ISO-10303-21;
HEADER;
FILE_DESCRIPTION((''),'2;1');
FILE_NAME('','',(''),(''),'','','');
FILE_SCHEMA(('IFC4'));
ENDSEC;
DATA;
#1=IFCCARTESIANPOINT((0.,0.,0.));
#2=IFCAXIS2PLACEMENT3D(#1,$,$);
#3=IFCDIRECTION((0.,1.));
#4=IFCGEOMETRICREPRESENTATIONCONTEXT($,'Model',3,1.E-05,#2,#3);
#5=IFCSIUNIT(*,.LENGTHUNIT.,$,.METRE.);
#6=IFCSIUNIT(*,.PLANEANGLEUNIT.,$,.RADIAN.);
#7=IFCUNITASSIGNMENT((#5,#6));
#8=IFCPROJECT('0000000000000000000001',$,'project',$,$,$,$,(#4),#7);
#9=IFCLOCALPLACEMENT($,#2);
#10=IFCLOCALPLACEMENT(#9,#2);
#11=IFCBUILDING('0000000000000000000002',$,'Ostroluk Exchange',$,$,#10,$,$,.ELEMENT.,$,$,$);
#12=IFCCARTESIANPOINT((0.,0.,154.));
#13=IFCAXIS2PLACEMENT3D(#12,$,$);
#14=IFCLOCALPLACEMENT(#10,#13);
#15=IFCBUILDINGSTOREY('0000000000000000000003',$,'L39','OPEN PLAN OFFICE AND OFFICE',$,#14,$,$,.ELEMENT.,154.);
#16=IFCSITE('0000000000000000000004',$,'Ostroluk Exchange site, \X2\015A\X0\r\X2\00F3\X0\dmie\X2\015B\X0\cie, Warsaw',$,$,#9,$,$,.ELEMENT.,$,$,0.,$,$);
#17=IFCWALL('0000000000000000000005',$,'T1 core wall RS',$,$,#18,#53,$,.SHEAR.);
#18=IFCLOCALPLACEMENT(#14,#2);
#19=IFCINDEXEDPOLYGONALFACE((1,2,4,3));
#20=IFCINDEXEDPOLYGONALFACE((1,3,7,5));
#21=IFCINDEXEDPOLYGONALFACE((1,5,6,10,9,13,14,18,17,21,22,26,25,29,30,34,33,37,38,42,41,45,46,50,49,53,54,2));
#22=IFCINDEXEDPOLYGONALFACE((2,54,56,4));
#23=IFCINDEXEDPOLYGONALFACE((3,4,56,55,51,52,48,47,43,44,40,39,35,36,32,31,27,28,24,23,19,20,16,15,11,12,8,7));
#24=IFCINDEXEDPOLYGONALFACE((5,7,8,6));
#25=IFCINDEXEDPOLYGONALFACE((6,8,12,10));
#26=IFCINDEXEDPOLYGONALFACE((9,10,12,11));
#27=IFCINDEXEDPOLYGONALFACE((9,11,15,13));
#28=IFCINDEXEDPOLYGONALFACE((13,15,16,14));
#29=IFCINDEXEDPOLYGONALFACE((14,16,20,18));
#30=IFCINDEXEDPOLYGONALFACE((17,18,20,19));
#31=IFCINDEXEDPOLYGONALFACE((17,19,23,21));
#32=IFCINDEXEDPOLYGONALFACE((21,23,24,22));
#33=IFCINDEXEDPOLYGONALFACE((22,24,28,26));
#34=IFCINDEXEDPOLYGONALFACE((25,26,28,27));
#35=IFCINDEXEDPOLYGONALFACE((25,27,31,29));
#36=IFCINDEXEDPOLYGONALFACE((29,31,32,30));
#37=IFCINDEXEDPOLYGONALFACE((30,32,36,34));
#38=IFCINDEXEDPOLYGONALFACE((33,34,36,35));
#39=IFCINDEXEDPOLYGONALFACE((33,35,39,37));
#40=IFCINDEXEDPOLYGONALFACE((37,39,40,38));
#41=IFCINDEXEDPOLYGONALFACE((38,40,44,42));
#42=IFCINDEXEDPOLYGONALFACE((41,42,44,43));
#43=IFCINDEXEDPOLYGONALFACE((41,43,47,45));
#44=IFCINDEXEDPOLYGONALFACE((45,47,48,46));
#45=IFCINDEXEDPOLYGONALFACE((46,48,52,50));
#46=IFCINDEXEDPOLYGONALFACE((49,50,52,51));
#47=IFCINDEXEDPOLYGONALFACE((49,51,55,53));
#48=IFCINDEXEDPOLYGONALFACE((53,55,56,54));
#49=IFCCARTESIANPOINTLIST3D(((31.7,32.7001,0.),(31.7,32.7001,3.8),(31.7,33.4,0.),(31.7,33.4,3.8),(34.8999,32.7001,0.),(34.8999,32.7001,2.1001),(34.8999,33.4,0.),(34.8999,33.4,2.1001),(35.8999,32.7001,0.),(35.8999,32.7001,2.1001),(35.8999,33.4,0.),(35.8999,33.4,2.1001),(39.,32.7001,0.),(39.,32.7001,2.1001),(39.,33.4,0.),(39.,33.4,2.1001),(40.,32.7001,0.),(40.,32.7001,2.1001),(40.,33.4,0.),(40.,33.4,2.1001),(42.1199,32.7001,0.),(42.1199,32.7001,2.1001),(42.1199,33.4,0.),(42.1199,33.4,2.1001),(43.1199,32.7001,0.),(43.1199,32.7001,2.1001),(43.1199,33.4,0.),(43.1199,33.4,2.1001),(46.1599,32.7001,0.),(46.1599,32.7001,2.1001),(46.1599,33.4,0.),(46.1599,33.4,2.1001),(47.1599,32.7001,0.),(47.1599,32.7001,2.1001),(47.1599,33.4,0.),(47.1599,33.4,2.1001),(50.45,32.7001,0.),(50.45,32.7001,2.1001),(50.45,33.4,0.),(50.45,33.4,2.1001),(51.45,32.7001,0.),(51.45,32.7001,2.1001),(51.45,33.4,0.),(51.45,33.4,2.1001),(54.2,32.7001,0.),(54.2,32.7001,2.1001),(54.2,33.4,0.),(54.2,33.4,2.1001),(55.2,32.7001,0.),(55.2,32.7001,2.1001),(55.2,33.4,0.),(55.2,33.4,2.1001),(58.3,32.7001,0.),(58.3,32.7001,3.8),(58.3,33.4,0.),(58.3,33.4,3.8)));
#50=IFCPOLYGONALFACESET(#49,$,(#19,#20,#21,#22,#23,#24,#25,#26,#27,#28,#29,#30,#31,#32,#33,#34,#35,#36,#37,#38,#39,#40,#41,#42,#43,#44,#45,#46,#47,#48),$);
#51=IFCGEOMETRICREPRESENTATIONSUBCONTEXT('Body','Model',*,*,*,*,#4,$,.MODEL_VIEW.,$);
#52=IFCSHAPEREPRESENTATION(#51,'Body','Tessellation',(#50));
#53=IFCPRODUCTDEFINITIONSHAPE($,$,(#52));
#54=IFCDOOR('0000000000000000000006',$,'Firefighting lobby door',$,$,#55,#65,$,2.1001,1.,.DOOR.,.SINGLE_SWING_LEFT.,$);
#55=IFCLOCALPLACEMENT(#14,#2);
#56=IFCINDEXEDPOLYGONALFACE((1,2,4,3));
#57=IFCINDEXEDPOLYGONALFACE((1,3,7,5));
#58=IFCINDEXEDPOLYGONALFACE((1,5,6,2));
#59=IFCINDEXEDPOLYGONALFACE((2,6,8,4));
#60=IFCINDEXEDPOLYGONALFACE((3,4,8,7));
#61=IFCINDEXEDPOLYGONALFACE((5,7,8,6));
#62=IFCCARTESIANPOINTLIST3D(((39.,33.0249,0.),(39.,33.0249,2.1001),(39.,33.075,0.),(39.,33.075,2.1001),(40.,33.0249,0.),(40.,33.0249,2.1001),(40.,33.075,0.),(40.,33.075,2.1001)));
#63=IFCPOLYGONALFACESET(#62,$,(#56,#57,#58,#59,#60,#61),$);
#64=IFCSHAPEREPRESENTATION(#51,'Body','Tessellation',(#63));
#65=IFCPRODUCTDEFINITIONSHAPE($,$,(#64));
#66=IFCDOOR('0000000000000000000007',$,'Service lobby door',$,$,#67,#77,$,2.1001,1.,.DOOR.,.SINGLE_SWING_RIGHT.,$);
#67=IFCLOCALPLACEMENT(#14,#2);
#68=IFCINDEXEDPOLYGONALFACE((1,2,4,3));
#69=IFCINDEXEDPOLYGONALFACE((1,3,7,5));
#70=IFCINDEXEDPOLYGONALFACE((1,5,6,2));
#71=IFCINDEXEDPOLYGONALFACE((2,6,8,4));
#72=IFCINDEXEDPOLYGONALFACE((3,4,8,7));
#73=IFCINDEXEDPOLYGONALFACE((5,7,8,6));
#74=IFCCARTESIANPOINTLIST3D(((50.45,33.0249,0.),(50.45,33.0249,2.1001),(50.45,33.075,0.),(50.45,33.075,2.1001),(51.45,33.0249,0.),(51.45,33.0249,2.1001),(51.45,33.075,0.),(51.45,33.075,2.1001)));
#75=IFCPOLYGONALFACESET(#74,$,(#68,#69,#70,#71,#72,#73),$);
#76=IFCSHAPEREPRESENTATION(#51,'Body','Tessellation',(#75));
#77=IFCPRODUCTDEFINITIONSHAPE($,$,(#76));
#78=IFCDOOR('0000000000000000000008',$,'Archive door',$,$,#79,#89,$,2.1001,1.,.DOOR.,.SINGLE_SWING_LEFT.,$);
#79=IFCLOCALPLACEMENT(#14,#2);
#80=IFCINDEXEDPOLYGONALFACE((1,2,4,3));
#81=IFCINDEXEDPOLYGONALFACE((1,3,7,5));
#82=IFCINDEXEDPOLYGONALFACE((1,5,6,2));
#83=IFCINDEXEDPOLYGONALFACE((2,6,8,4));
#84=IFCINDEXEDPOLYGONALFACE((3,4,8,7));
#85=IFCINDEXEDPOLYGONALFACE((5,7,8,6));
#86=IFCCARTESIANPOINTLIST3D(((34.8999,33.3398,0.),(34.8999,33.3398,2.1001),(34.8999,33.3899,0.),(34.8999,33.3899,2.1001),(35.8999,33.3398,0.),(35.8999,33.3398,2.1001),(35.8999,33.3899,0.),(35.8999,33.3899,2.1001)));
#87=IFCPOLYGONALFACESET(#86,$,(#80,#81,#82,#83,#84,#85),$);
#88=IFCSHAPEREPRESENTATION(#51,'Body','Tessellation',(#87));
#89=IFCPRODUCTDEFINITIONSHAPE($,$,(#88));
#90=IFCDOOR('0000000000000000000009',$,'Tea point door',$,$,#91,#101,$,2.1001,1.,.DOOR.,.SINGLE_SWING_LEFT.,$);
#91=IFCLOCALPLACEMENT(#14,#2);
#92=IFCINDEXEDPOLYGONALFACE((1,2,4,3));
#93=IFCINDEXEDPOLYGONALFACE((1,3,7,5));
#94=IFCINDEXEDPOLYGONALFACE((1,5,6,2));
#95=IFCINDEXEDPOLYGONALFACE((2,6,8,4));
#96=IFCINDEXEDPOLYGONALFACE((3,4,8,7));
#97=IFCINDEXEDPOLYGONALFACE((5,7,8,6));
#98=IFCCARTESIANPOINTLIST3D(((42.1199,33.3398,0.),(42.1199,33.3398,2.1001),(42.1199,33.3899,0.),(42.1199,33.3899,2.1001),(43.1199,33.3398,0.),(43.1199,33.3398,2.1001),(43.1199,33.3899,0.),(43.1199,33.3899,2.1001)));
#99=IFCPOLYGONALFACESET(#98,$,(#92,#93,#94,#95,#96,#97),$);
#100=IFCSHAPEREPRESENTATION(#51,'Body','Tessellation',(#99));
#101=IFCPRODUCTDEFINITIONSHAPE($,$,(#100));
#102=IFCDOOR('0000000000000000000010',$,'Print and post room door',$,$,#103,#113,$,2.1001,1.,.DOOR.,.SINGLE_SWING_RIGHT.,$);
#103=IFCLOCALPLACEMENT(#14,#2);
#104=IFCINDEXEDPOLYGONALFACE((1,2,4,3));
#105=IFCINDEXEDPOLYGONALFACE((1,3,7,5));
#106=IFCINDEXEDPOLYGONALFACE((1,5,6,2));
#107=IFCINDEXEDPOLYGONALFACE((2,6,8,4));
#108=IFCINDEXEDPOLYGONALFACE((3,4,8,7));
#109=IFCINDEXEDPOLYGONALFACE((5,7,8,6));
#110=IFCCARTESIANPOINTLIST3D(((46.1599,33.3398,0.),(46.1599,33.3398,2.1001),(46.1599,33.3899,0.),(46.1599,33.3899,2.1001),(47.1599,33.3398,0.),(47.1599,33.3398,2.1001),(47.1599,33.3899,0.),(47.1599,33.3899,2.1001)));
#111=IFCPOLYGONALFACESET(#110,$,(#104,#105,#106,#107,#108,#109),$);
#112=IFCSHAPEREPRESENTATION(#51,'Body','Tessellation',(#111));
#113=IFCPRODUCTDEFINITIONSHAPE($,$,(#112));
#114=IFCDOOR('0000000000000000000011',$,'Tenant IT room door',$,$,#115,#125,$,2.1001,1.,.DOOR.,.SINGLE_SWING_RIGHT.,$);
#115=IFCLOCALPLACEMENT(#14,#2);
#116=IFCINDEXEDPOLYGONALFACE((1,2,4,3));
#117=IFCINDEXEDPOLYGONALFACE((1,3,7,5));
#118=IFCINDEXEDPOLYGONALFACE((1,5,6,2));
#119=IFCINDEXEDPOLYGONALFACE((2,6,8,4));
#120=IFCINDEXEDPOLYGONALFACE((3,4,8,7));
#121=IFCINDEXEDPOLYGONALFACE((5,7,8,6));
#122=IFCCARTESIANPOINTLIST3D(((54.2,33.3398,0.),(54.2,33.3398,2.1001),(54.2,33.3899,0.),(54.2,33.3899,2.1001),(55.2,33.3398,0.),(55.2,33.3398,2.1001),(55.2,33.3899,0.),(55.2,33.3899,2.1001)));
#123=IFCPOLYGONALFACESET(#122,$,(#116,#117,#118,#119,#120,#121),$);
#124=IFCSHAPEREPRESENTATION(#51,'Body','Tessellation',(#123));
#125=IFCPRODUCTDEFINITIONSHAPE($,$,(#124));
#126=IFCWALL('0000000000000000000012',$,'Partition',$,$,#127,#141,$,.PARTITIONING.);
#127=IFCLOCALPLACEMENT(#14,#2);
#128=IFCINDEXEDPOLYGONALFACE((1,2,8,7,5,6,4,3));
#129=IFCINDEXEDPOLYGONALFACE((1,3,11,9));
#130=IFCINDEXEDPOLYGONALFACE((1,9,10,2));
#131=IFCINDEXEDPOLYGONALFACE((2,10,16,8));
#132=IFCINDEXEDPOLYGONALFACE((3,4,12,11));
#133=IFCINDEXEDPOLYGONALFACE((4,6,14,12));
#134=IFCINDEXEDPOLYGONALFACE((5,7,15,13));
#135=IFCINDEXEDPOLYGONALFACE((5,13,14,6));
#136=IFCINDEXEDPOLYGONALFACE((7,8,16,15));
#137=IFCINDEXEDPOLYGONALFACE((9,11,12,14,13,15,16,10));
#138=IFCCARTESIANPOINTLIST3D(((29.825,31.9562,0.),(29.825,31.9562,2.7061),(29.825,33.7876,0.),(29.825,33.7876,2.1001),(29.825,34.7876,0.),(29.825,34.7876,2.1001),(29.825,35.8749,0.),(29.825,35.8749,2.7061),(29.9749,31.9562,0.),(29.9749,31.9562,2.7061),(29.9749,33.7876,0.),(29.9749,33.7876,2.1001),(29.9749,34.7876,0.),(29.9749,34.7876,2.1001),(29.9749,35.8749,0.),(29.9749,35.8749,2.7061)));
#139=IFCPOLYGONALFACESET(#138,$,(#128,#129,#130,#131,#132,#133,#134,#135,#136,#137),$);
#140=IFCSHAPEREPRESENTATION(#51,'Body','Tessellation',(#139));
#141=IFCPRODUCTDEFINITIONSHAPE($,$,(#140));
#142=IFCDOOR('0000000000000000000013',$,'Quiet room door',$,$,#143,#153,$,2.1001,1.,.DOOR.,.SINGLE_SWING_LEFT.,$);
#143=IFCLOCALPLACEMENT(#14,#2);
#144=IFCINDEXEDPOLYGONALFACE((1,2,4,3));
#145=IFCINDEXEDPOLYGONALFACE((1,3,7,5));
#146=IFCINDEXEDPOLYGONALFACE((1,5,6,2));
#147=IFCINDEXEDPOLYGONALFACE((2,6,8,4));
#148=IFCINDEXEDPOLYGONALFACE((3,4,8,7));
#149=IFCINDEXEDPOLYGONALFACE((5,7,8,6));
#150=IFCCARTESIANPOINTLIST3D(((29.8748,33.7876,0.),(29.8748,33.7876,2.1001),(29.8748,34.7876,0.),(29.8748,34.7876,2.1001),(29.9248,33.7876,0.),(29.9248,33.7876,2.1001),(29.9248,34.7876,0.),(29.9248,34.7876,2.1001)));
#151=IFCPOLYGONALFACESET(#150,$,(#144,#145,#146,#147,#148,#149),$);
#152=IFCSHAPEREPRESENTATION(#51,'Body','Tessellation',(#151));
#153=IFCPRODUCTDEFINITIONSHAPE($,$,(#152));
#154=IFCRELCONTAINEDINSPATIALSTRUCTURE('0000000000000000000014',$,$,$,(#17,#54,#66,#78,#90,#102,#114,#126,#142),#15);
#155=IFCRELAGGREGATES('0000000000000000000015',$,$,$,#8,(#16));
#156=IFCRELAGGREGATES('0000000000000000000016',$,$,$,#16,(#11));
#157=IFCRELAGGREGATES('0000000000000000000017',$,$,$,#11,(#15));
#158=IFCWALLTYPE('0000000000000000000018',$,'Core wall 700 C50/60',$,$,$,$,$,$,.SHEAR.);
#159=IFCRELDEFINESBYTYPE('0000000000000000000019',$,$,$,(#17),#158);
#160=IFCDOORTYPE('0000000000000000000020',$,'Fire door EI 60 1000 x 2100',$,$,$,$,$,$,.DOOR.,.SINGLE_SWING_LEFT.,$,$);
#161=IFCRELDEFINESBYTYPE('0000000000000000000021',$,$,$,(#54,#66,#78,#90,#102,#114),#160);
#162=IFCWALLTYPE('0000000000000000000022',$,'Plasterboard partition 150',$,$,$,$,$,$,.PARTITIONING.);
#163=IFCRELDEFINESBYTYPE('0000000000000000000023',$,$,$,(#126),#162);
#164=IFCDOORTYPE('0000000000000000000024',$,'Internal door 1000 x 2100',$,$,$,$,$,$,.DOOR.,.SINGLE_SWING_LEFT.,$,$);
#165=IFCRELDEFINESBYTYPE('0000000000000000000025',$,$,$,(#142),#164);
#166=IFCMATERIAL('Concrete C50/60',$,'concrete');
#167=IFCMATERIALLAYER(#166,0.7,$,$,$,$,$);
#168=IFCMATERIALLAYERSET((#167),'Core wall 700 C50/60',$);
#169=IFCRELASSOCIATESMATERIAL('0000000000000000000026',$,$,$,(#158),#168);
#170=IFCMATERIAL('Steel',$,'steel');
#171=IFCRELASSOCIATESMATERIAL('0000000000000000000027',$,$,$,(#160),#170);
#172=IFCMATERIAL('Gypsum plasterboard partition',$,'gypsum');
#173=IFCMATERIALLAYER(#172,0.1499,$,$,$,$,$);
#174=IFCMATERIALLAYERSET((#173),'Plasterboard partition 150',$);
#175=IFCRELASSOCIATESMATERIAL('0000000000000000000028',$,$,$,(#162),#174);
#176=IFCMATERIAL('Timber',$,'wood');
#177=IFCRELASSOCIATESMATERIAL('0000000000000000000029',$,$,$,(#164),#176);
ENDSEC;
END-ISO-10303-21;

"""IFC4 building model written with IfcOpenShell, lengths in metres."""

from ifc_helpers import new_model, si_unit, direction, frame, frame_2d, origin, place, context, subcontext, project, spatial, rectangle, extrude, material, layer, layer_set, type_object, element, fill, save


model = new_model("IFC4")

# Units and contexts
model_context = context("Model", 3, precision=1e-05, world=origin(), true_north=direction((0.0, 1.0)))
body_context = subcontext(model_context, "Body", "Model", "MODEL_VIEW")
ifc_project = project(units=[si_unit("LENGTHUNIT", "METRE"), si_unit("PLANEANGLEUNIT", "RADIAN")], contexts=[model_context])

# Site, building, storey
site_placement = place(None, origin())
site = spatial("IfcSite", under=ifc_project, at=site_placement, Name="Ostroluk Exchange site, Śródmieście, Warsaw", CompositionType="ELEMENT", RefElevation=0.0)
building_placement = place(site_placement, origin())
building = spatial("IfcBuilding", under=site, at=building_placement, Name="Ostroluk Exchange", CompositionType="ELEMENT")
storey_placement = place(building_placement, frame((0.0, 0.0, 154.0)))
storey = spatial("IfcBuildingStorey", under=building, at=storey_placement, Name="L39", Description="OPEN PLAN OFFICE AND OFFICE", CompositionType="ELEMENT", Elevation=154.0)

# Wall, openings, doors
ifc_material_1 = material(Name="Concrete C50/60", Category="concrete")
ifc_layer_1 = layer(ifc_material_1, 0.7)
ifc_layer_set_1 = layer_set([ifc_layer_1], Name="Core wall 700 C50/60")
wall_type_1 = type_object("IfcWallType", Name="Core wall 700 C50/60", PredefinedType="SHEAR", material=ifc_layer_set_1)
wall_1_placement = place(storey_placement, frame((31.7, 33.05, 0.0), z_axis=(0.0, 0.0, 1.0), x_axis=(1.0, 0.0, 0.0)))
wall_1 = element("IfcWall", 1, at=wall_1_placement, inside=storey, type_object=wall_type_1, Name="T1 core wall RS", PredefinedType="SHEAR", context=body_context, shape_type="SweptSolid", body=[
    extrude(rectangle(XDim=26.6001, YDim=0.7, at=frame_2d((13.3, 0.0))), origin(), (0.0, 0.0, 1.0), 3.8),
])
opening_1_placement = place(wall_1_placement, frame((7.3, 0.0, 0.0)))
opening_1 = element("IfcOpeningElement", 2, at=opening_1_placement, cuts=wall_1, PredefinedType="OPENING", context=body_context, shape_type="SweptSolid", body=[
    extrude(rectangle(XDim=1.0, YDim=2.1001, at=frame_2d((0.5, 1.05))), frame((0.0, 0.3599, 0.0), z_axis=(0.0, -1.0, 0.0), x_axis=(1.0, 0.0, 0.0)), (0.0, 0.0, 1.0), 0.72),
])
opening_2_placement = place(wall_1_placement, frame((18.75, 0.0, 0.0)))
opening_2 = element("IfcOpeningElement", 3, at=opening_2_placement, cuts=wall_1, PredefinedType="OPENING", context=body_context, shape_type="SweptSolid", body=[
    extrude(rectangle(XDim=1.0, YDim=2.1001, at=frame_2d((0.5, 1.05))), frame((0.0, 0.3599, 0.0), z_axis=(0.0, -1.0, 0.0), x_axis=(1.0, 0.0, 0.0)), (0.0, 0.0, 1.0), 0.72),
])
opening_3_placement = place(wall_1_placement, frame((3.2, 0.0, 0.0)))
opening_3 = element("IfcOpeningElement", 4, at=opening_3_placement, cuts=wall_1, PredefinedType="OPENING", context=body_context, shape_type="SweptSolid", body=[
    extrude(rectangle(XDim=1.0, YDim=2.1001, at=frame_2d((0.5, 1.05))), frame((0.0, 0.3599, 0.0), z_axis=(0.0, -1.0, 0.0), x_axis=(1.0, 0.0, 0.0)), (0.0, 0.0, 1.0), 0.72),
])
opening_4_placement = place(wall_1_placement, frame((10.4199, 0.0, 0.0)))
opening_4 = element("IfcOpeningElement", 5, at=opening_4_placement, cuts=wall_1, PredefinedType="OPENING", context=body_context, shape_type="SweptSolid", body=[
    extrude(rectangle(XDim=1.0, YDim=2.1001, at=frame_2d((0.5, 1.05))), frame((0.0, 0.3599, 0.0), z_axis=(0.0, -1.0, 0.0), x_axis=(1.0, 0.0, 0.0)), (0.0, 0.0, 1.0), 0.72),
])
opening_5_placement = place(wall_1_placement, frame((14.46, 0.0, 0.0)))
opening_5 = element("IfcOpeningElement", 6, at=opening_5_placement, cuts=wall_1, PredefinedType="OPENING", context=body_context, shape_type="SweptSolid", body=[
    extrude(rectangle(XDim=1.0, YDim=2.1001, at=frame_2d((0.5, 1.05))), frame((0.0, 0.3599, 0.0), z_axis=(0.0, -1.0, 0.0), x_axis=(1.0, 0.0, 0.0)), (0.0, 0.0, 1.0), 0.72),
])
opening_6_placement = place(wall_1_placement, frame((22.5, 0.0, 0.0)))
opening_6 = element("IfcOpeningElement", 7, at=opening_6_placement, cuts=wall_1, PredefinedType="OPENING", context=body_context, shape_type="SweptSolid", body=[
    extrude(rectangle(XDim=1.0, YDim=2.1001, at=frame_2d((0.5, 1.05))), frame((0.0, 0.3599, 0.0), z_axis=(0.0, -1.0, 0.0), x_axis=(1.0, 0.0, 0.0)), (0.0, 0.0, 1.0), 0.72),
])
ifc_material_2 = material(Name="Steel", Category="steel")
door_type_1 = type_object("IfcDoorType", Name="Fire door EI 60 1000 x 2100", OperationType="SINGLE_SWING_LEFT", PredefinedType="DOOR", material=ifc_material_2)
door_1_placement = place(opening_1_placement, origin())
door_1 = element("IfcDoor", 8, at=door_1_placement, inside=storey, type_object=door_type_1, Name="Firefighting lobby door", OperationType="SINGLE_SWING_LEFT", OverallHeight=2.1001, OverallWidth=1.0, PredefinedType="DOOR", context=body_context, shape_type="SweptSolid", body=[
    extrude(rectangle(XDim=1.0, YDim=2.1001, at=frame_2d((0.5, 1.05))), frame((0.0, 0.0249, 0.0), z_axis=(0.0, -1.0, 0.0), x_axis=(1.0, 0.0, 0.0)), (0.0, 0.0, 1.0), 0.05),
])
fill(opening_1, door_1)
door_2_placement = place(opening_2_placement, origin())
door_2 = element("IfcDoor", 9, at=door_2_placement, inside=storey, type_object=door_type_1, Name="Service lobby door", OperationType="SINGLE_SWING_RIGHT", OverallHeight=2.1001, OverallWidth=1.0, PredefinedType="DOOR", context=body_context, shape_type="SweptSolid", body=[
    extrude(rectangle(XDim=1.0, YDim=2.1001, at=frame_2d((0.5, 1.05))), frame((0.0, 0.0249, 0.0), z_axis=(0.0, -1.0, 0.0), x_axis=(1.0, 0.0, 0.0)), (0.0, 0.0, 1.0), 0.05),
])
fill(opening_2, door_2)
door_3_placement = place(opening_3_placement, origin())
door_3 = element("IfcDoor", 10, at=door_3_placement, inside=storey, type_object=door_type_1, Name="Archive door", OperationType="SINGLE_SWING_LEFT", OverallHeight=2.1001, OverallWidth=1.0, PredefinedType="DOOR", context=body_context, shape_type="SweptSolid", body=[
    extrude(rectangle(XDim=1.0, YDim=2.1001, at=frame_2d((0.5, 1.05))), frame((0.0, 0.3398, 0.0), z_axis=(0.0, -1.0, 0.0), x_axis=(1.0, 0.0, 0.0)), (0.0, 0.0, 1.0), 0.05),
])
fill(opening_3, door_3)
door_4_placement = place(opening_4_placement, origin())
door_4 = element("IfcDoor", 11, at=door_4_placement, inside=storey, type_object=door_type_1, Name="Tea point door", OperationType="SINGLE_SWING_LEFT", OverallHeight=2.1001, OverallWidth=1.0, PredefinedType="DOOR", context=body_context, shape_type="SweptSolid", body=[
    extrude(rectangle(XDim=1.0, YDim=2.1001, at=frame_2d((0.5, 1.05))), frame((0.0, 0.3398, 0.0), z_axis=(0.0, -1.0, 0.0), x_axis=(1.0, 0.0, 0.0)), (0.0, 0.0, 1.0), 0.05),
])
fill(opening_4, door_4)
door_5_placement = place(opening_5_placement, origin())
door_5 = element("IfcDoor", 12, at=door_5_placement, inside=storey, type_object=door_type_1, Name="Print and post room door", OperationType="SINGLE_SWING_RIGHT", OverallHeight=2.1001, OverallWidth=1.0, PredefinedType="DOOR", context=body_context, shape_type="SweptSolid", body=[
    extrude(rectangle(XDim=1.0, YDim=2.1001, at=frame_2d((0.5, 1.05))), frame((0.0, 0.3398, 0.0), z_axis=(0.0, -1.0, 0.0), x_axis=(1.0, 0.0, 0.0)), (0.0, 0.0, 1.0), 0.05),
])
fill(opening_5, door_5)
door_6_placement = place(opening_6_placement, origin())
door_6 = element("IfcDoor", 13, at=door_6_placement, inside=storey, type_object=door_type_1, Name="Tenant IT room door", OperationType="SINGLE_SWING_RIGHT", OverallHeight=2.1001, OverallWidth=1.0, PredefinedType="DOOR", context=body_context, shape_type="SweptSolid", body=[
    extrude(rectangle(XDim=1.0, YDim=2.1001, at=frame_2d((0.5, 1.05))), frame((0.0, 0.3398, 0.0), z_axis=(0.0, -1.0, 0.0), x_axis=(1.0, 0.0, 0.0)), (0.0, 0.0, 1.0), 0.05),
])
fill(opening_6, door_6)

# Wall, opening, door
ifc_material_3 = material(Name="Gypsum plasterboard partition", Category="gypsum")
ifc_layer_2 = layer(ifc_material_3, 0.1499)
ifc_layer_set_2 = layer_set([ifc_layer_2], Name="Plasterboard partition 150")
wall_type_2 = type_object("IfcWallType", Name="Plasterboard partition 150", PredefinedType="PARTITIONING", material=ifc_layer_set_2)
wall_2_placement = place(storey_placement, frame((29.8999, 35.875, 0.0), z_axis=(0.0, 0.0, 1.0), x_axis=(0.0, -1.0, 0.0)))
wall_2 = element("IfcWall", 14, at=wall_2_placement, inside=storey, type_object=wall_type_2, Name="Partition", PredefinedType="PARTITIONING", context=body_context, shape_type="SweptSolid", body=[
    extrude(rectangle(XDim=3.9187, YDim=0.1499, at=frame_2d((1.9595, 0.0))), origin(), (0.0, 0.0, 1.0), 2.7061),
])
opening_7_placement = place(wall_2_placement, frame((1.0874, 0.0, 0.0)))
opening_7 = element("IfcOpeningElement", 15, at=opening_7_placement, cuts=wall_2, PredefinedType="OPENING", context=body_context, shape_type="SweptSolid", body=[
    extrude(rectangle(XDim=1.0, YDim=2.1001, at=frame_2d((0.5, 1.05))), frame((0.0, 0.085, 0.0), z_axis=(0.0, -1.0, 0.0), x_axis=(1.0, 0.0, 0.0)), (0.0, 0.0, 1.0), 0.1699),
])
ifc_material_4 = material(Name="Timber", Category="wood")
door_type_2 = type_object("IfcDoorType", Name="Internal door 1000 x 2100", OperationType="SINGLE_SWING_LEFT", PredefinedType="DOOR", material=ifc_material_4)
door_7_placement = place(opening_7_placement, origin())
door_7 = element("IfcDoor", 16, at=door_7_placement, inside=storey, type_object=door_type_2, Name="Quiet room door", OperationType="SINGLE_SWING_LEFT", OverallHeight=2.1001, OverallWidth=1.0, PredefinedType="DOOR", context=body_context, shape_type="SweptSolid", body=[
    extrude(rectangle(XDim=1.0, YDim=2.1001, at=frame_2d((0.5, 1.05))), frame((0.0, 0.0249, 0.0), z_axis=(0.0, -1.0, 0.0), x_axis=(1.0, 0.0, 0.0)), (0.0, 0.0, 1.0), 0.05),
])
fill(opening_7, door_7)

save(model, "model.ifc")
